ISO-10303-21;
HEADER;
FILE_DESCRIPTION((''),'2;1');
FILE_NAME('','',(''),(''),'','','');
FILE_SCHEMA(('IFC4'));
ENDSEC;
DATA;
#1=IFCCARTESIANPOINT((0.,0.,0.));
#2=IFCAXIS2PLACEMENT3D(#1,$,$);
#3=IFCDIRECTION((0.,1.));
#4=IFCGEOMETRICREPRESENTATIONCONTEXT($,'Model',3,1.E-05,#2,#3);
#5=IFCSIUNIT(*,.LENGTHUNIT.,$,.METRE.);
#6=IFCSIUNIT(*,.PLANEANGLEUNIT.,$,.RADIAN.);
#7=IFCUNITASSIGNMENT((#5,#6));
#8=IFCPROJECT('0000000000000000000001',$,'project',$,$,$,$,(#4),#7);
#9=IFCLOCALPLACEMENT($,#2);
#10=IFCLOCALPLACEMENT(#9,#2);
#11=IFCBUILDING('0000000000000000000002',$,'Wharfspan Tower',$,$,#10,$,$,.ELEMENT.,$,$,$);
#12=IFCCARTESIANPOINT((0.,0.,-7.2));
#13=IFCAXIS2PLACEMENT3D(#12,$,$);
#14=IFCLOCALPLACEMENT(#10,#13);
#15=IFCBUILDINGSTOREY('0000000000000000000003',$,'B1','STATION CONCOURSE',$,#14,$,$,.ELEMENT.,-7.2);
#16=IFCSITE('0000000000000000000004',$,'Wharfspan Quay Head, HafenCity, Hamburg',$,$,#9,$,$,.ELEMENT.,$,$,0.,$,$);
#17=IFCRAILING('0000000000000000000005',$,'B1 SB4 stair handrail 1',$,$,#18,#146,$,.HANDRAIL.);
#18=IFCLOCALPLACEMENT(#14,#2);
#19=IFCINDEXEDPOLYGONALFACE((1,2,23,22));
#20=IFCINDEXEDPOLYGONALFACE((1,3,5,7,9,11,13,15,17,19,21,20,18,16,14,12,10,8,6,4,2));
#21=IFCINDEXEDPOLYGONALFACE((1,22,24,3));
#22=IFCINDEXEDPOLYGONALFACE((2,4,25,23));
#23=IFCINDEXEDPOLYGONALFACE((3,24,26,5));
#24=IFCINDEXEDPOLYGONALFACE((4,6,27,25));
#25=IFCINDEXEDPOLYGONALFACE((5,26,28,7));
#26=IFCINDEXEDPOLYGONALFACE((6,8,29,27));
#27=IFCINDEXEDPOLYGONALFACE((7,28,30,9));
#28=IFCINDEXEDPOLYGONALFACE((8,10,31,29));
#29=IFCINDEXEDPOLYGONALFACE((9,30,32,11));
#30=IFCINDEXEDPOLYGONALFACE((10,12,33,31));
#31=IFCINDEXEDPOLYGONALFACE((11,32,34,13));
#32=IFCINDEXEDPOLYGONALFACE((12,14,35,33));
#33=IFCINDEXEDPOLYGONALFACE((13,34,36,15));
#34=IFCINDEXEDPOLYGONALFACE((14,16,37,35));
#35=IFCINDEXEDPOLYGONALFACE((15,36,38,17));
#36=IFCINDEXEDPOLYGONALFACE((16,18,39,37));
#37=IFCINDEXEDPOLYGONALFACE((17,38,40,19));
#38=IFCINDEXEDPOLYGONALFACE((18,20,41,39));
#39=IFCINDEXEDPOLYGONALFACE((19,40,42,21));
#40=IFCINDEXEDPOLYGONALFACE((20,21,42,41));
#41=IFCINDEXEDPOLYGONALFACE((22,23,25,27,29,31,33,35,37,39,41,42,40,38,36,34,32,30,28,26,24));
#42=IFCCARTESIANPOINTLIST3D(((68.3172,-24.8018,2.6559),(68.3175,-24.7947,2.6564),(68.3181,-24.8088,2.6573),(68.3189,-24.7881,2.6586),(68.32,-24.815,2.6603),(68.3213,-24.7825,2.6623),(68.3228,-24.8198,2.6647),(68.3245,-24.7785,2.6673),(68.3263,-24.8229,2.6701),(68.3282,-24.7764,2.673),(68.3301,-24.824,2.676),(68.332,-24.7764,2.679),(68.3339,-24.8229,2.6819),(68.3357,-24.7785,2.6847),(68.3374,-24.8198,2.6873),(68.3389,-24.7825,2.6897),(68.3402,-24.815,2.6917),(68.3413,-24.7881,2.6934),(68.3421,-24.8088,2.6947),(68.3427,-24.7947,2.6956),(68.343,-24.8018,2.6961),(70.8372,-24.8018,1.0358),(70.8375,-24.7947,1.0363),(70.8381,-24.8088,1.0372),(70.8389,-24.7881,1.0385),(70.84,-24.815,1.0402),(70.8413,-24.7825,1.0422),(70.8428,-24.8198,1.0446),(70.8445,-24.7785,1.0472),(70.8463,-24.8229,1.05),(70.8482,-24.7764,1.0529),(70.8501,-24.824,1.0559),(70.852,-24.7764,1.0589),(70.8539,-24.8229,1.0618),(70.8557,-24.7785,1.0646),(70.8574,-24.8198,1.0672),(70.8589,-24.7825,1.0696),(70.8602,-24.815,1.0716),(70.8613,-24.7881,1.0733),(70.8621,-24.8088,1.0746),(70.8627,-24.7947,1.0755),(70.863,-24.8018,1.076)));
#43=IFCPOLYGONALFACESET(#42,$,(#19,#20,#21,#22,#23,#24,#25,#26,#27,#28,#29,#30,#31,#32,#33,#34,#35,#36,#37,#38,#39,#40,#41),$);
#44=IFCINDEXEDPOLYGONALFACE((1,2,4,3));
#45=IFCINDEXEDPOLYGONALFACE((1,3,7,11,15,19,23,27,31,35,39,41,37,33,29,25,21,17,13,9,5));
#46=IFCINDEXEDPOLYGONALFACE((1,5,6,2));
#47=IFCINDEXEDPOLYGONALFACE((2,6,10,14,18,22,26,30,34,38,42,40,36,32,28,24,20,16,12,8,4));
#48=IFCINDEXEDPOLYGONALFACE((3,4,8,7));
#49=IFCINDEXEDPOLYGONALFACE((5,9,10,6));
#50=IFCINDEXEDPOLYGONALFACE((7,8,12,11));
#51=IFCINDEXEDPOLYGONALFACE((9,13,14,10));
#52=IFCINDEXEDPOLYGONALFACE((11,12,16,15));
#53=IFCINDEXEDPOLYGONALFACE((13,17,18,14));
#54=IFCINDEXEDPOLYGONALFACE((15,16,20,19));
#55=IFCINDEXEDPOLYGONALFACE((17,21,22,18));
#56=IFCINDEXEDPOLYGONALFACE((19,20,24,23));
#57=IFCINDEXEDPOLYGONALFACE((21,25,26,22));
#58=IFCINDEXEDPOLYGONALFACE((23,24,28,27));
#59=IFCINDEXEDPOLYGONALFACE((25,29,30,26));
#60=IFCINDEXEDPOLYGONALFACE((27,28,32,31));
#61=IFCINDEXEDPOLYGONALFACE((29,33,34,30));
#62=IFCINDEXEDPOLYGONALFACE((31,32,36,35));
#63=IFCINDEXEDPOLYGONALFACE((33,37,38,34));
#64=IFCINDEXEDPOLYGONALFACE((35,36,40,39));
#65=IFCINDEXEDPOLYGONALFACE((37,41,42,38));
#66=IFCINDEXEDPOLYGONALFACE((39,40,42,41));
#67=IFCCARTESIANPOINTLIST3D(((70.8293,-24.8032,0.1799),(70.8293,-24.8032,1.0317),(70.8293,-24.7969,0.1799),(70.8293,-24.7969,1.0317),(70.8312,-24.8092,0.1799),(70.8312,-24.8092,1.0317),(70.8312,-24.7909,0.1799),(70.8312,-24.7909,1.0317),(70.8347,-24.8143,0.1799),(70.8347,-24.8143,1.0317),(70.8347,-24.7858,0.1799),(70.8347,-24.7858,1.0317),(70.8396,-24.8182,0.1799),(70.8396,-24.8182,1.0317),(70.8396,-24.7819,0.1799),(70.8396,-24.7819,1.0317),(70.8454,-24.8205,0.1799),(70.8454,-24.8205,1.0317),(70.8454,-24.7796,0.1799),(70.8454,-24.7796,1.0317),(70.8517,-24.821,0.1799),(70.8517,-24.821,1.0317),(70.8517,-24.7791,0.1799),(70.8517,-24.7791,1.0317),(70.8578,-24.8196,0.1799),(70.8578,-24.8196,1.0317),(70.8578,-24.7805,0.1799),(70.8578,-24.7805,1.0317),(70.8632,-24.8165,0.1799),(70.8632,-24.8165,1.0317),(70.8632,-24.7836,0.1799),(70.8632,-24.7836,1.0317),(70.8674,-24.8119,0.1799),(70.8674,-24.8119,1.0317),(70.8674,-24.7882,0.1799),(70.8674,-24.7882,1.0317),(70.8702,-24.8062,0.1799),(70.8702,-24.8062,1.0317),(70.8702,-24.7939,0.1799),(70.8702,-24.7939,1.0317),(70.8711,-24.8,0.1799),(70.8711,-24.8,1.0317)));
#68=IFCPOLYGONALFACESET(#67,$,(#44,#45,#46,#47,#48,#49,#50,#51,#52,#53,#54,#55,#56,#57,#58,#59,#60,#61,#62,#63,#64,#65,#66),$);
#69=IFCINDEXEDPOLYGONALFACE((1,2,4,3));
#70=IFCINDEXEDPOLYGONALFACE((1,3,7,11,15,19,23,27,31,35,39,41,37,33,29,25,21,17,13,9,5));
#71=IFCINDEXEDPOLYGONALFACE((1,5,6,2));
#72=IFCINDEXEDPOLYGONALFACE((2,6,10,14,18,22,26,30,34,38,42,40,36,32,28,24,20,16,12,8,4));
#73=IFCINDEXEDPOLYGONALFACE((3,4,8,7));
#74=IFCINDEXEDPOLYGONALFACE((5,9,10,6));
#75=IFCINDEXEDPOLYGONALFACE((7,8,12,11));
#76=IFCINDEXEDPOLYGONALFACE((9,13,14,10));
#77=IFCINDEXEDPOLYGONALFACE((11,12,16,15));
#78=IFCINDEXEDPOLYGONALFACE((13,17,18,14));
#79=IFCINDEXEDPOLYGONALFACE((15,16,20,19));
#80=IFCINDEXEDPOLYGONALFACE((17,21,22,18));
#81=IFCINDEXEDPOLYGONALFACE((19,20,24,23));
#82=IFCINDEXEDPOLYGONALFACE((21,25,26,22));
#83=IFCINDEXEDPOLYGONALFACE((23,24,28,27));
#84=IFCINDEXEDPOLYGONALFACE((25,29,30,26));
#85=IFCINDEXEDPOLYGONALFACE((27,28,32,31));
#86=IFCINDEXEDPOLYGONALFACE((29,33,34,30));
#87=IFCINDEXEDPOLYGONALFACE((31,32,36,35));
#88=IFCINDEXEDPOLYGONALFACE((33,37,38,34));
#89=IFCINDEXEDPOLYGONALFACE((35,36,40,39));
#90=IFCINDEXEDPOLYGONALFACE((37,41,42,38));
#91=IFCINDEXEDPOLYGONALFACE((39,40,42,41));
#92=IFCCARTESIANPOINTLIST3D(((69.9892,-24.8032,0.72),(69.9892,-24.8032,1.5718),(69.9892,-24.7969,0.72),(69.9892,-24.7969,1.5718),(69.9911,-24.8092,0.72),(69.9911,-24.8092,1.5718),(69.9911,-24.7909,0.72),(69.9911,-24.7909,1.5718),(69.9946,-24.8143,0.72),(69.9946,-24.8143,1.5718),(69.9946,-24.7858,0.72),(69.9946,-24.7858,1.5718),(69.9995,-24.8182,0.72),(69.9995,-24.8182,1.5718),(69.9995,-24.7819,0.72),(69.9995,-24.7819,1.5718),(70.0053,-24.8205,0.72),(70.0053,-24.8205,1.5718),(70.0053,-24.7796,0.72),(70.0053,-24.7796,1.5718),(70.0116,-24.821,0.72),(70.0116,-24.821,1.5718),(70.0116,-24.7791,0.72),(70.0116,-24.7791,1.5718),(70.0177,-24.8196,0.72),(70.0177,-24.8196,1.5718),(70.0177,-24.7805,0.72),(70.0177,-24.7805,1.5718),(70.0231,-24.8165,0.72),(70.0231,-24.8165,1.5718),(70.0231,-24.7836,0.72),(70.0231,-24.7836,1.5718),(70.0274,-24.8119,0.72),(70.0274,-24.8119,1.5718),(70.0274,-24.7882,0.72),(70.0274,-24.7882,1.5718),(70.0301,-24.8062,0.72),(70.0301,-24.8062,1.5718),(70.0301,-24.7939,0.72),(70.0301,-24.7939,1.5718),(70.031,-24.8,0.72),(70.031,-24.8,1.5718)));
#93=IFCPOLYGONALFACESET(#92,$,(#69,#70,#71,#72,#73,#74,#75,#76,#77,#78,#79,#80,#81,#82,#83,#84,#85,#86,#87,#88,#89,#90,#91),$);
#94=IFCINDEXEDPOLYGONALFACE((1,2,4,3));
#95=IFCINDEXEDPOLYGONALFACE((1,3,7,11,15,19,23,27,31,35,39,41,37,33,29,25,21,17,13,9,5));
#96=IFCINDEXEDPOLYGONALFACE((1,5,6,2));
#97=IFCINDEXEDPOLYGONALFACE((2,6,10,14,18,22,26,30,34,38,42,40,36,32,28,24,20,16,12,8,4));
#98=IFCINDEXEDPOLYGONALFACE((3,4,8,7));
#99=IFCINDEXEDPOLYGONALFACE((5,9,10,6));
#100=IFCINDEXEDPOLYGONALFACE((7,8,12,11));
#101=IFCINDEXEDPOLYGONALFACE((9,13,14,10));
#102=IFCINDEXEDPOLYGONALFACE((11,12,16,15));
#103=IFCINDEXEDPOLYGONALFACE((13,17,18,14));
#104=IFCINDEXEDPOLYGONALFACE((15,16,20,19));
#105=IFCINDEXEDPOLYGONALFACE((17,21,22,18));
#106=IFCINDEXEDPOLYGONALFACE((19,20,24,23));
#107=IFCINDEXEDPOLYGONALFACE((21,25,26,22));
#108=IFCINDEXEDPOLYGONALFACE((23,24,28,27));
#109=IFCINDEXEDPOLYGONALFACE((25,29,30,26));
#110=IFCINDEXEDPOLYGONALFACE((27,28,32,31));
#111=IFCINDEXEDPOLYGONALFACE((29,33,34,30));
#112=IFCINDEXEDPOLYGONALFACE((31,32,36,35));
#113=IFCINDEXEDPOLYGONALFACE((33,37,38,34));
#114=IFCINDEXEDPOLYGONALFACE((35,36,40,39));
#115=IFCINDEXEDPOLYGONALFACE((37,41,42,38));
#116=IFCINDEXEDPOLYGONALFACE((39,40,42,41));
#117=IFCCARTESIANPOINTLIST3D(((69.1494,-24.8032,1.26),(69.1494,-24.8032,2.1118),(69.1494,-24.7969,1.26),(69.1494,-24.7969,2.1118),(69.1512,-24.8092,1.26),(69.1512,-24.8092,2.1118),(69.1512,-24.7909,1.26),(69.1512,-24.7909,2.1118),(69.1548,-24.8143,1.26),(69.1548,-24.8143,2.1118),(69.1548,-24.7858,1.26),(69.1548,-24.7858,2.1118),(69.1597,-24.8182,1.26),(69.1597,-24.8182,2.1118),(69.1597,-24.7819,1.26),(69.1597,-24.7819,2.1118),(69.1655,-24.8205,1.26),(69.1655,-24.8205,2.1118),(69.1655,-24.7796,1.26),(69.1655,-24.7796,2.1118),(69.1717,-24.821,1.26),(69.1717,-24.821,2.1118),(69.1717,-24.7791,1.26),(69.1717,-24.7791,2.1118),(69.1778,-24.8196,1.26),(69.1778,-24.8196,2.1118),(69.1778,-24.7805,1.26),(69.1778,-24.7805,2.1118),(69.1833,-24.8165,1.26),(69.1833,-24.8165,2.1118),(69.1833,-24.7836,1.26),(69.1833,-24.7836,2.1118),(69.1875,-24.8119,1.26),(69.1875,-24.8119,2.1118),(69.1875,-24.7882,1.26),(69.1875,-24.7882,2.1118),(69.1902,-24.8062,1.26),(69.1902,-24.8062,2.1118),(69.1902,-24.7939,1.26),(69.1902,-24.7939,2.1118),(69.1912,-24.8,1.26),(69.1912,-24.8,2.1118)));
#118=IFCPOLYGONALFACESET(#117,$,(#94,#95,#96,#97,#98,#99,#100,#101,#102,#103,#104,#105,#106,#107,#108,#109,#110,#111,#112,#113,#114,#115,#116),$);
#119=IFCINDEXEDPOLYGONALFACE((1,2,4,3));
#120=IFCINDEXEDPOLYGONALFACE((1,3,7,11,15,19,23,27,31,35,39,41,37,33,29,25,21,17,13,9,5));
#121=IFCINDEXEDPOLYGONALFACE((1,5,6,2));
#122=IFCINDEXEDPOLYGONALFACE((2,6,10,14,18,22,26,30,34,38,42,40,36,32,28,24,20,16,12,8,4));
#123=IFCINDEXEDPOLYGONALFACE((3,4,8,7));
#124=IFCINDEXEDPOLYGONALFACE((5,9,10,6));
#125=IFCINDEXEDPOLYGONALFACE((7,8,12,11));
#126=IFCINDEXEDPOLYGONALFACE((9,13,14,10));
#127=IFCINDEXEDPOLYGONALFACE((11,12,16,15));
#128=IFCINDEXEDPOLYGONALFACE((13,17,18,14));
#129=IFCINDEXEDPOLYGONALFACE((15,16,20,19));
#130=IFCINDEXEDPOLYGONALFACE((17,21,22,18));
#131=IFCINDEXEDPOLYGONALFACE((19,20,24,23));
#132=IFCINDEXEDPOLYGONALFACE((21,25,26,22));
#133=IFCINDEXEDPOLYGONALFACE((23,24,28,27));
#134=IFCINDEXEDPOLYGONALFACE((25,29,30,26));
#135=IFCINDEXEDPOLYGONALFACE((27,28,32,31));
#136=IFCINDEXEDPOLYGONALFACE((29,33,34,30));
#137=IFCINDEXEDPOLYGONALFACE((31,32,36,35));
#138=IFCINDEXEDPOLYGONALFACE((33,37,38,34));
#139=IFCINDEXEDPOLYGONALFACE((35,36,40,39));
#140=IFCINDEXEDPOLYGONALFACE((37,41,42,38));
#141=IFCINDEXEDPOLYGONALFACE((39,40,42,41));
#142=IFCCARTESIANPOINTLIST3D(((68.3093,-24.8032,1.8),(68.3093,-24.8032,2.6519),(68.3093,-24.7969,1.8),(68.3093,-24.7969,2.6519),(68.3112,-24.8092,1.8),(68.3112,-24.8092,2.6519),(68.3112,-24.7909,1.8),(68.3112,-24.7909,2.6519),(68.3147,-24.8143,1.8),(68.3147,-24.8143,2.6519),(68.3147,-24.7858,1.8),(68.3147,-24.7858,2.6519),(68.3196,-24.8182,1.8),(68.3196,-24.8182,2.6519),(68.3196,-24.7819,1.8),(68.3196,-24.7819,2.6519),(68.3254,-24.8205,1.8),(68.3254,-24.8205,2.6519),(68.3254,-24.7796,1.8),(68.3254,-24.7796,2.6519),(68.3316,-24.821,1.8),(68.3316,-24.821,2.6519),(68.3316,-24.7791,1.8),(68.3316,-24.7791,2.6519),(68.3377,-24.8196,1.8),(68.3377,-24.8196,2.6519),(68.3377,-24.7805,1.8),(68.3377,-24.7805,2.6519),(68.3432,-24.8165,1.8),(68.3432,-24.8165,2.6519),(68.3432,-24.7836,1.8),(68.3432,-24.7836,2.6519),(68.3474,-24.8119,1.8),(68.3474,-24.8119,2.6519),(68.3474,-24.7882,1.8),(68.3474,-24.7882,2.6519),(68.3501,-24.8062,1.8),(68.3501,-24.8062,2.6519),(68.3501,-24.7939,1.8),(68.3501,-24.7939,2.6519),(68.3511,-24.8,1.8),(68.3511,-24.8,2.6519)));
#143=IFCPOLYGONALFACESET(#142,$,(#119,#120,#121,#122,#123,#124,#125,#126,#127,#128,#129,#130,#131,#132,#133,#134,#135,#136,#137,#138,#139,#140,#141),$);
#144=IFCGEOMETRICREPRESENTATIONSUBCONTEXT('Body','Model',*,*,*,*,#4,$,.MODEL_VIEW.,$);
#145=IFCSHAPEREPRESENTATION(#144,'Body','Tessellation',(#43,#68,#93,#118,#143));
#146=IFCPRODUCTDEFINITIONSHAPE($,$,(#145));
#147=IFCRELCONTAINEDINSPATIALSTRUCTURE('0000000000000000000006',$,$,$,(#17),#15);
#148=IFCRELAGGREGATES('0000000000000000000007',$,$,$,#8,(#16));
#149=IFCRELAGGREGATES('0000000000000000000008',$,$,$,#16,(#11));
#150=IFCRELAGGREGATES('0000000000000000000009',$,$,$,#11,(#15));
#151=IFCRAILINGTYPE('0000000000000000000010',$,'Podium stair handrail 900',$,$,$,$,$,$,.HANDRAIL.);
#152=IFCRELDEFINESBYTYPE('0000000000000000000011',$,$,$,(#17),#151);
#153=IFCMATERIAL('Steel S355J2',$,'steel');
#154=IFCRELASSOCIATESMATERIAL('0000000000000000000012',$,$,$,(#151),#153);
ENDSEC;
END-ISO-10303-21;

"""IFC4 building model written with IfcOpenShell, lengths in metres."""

from ifc_helpers import new_model, si_unit, direction, frame, origin, origin_2d, place, context, subcontext, project, spatial, circle, extrude, material, type_object, element, save


model = new_model("IFC4")

# Units and contexts
model_context = context("Model", 3, precision=1e-05, world=origin(), true_north=direction((0.0, 1.0)))
body_context = subcontext(model_context, "Body", "Model", "MODEL_VIEW")
ifc_project = project(units=[si_unit("LENGTHUNIT", "METRE"), si_unit("PLANEANGLEUNIT", "RADIAN")], contexts=[model_context])

# Site, building, storey
site_placement = place(None, origin())
site = spatial("IfcSite", under=ifc_project, at=site_placement, Name="Wharfspan Quay Head, HafenCity, Hamburg", CompositionType="ELEMENT", RefElevation=0.0)
building_placement = place(site_placement, origin())
building = spatial("IfcBuilding", under=site, at=building_placement, Name="Wharfspan Tower", CompositionType="ELEMENT")
storey_placement = place(building_placement, frame((0.0, 0.0, -7.2)))
storey = spatial("IfcBuildingStorey", under=building, at=storey_placement, Name="B1", Description="STATION CONCOURSE", CompositionType="ELEMENT", Elevation=-7.2)

# Railing
ifc_material_1 = material(Name="Steel S355J2", Category="steel")
railing_type_1 = type_object("IfcRailingType", Name="Podium stair handrail 900", PredefinedType="HANDRAIL", material=ifc_material_1)
railing_1_placement = place(storey_placement, frame((70.8501, -24.8, 0.1799)))
element("IfcRailing", 1, at=railing_1_placement, inside=storey, type_object=railing_type_1, Name="B1 SB4 stair handrail 1", PredefinedType="HANDRAIL", context=body_context, shape_type="SweptSolid", body=[
    extrude(circle(Radius=0.0239, at=origin_2d()), frame((0.0, 0.0, 0.876), z_axis=(-0.841163, 0.0, 0.540782), x_axis=(0.0, -1.0, 0.0)), (0.0, 0.0, 1.0), 2.9958),
    extrude(circle(Radius=0.021, at=origin_2d()), origin(), (0.0, 0.0, 1.0), 0.8518),
    extrude(circle(Radius=0.021, at=origin_2d()), frame((-0.8401, 0.0, 0.54)), (0.0, 0.0, 1.0), 0.8518),
    extrude(circle(Radius=0.021, at=origin_2d()), frame((-1.6799, 0.0, 1.0801)), (0.0, 0.0, 1.0), 0.8518),
    extrude(circle(Radius=0.021, at=origin_2d()), frame((-2.52, 0.0, 1.6201)), (0.0, 0.0, 1.0), 0.8518),
])

save(model, "model.ifc")
